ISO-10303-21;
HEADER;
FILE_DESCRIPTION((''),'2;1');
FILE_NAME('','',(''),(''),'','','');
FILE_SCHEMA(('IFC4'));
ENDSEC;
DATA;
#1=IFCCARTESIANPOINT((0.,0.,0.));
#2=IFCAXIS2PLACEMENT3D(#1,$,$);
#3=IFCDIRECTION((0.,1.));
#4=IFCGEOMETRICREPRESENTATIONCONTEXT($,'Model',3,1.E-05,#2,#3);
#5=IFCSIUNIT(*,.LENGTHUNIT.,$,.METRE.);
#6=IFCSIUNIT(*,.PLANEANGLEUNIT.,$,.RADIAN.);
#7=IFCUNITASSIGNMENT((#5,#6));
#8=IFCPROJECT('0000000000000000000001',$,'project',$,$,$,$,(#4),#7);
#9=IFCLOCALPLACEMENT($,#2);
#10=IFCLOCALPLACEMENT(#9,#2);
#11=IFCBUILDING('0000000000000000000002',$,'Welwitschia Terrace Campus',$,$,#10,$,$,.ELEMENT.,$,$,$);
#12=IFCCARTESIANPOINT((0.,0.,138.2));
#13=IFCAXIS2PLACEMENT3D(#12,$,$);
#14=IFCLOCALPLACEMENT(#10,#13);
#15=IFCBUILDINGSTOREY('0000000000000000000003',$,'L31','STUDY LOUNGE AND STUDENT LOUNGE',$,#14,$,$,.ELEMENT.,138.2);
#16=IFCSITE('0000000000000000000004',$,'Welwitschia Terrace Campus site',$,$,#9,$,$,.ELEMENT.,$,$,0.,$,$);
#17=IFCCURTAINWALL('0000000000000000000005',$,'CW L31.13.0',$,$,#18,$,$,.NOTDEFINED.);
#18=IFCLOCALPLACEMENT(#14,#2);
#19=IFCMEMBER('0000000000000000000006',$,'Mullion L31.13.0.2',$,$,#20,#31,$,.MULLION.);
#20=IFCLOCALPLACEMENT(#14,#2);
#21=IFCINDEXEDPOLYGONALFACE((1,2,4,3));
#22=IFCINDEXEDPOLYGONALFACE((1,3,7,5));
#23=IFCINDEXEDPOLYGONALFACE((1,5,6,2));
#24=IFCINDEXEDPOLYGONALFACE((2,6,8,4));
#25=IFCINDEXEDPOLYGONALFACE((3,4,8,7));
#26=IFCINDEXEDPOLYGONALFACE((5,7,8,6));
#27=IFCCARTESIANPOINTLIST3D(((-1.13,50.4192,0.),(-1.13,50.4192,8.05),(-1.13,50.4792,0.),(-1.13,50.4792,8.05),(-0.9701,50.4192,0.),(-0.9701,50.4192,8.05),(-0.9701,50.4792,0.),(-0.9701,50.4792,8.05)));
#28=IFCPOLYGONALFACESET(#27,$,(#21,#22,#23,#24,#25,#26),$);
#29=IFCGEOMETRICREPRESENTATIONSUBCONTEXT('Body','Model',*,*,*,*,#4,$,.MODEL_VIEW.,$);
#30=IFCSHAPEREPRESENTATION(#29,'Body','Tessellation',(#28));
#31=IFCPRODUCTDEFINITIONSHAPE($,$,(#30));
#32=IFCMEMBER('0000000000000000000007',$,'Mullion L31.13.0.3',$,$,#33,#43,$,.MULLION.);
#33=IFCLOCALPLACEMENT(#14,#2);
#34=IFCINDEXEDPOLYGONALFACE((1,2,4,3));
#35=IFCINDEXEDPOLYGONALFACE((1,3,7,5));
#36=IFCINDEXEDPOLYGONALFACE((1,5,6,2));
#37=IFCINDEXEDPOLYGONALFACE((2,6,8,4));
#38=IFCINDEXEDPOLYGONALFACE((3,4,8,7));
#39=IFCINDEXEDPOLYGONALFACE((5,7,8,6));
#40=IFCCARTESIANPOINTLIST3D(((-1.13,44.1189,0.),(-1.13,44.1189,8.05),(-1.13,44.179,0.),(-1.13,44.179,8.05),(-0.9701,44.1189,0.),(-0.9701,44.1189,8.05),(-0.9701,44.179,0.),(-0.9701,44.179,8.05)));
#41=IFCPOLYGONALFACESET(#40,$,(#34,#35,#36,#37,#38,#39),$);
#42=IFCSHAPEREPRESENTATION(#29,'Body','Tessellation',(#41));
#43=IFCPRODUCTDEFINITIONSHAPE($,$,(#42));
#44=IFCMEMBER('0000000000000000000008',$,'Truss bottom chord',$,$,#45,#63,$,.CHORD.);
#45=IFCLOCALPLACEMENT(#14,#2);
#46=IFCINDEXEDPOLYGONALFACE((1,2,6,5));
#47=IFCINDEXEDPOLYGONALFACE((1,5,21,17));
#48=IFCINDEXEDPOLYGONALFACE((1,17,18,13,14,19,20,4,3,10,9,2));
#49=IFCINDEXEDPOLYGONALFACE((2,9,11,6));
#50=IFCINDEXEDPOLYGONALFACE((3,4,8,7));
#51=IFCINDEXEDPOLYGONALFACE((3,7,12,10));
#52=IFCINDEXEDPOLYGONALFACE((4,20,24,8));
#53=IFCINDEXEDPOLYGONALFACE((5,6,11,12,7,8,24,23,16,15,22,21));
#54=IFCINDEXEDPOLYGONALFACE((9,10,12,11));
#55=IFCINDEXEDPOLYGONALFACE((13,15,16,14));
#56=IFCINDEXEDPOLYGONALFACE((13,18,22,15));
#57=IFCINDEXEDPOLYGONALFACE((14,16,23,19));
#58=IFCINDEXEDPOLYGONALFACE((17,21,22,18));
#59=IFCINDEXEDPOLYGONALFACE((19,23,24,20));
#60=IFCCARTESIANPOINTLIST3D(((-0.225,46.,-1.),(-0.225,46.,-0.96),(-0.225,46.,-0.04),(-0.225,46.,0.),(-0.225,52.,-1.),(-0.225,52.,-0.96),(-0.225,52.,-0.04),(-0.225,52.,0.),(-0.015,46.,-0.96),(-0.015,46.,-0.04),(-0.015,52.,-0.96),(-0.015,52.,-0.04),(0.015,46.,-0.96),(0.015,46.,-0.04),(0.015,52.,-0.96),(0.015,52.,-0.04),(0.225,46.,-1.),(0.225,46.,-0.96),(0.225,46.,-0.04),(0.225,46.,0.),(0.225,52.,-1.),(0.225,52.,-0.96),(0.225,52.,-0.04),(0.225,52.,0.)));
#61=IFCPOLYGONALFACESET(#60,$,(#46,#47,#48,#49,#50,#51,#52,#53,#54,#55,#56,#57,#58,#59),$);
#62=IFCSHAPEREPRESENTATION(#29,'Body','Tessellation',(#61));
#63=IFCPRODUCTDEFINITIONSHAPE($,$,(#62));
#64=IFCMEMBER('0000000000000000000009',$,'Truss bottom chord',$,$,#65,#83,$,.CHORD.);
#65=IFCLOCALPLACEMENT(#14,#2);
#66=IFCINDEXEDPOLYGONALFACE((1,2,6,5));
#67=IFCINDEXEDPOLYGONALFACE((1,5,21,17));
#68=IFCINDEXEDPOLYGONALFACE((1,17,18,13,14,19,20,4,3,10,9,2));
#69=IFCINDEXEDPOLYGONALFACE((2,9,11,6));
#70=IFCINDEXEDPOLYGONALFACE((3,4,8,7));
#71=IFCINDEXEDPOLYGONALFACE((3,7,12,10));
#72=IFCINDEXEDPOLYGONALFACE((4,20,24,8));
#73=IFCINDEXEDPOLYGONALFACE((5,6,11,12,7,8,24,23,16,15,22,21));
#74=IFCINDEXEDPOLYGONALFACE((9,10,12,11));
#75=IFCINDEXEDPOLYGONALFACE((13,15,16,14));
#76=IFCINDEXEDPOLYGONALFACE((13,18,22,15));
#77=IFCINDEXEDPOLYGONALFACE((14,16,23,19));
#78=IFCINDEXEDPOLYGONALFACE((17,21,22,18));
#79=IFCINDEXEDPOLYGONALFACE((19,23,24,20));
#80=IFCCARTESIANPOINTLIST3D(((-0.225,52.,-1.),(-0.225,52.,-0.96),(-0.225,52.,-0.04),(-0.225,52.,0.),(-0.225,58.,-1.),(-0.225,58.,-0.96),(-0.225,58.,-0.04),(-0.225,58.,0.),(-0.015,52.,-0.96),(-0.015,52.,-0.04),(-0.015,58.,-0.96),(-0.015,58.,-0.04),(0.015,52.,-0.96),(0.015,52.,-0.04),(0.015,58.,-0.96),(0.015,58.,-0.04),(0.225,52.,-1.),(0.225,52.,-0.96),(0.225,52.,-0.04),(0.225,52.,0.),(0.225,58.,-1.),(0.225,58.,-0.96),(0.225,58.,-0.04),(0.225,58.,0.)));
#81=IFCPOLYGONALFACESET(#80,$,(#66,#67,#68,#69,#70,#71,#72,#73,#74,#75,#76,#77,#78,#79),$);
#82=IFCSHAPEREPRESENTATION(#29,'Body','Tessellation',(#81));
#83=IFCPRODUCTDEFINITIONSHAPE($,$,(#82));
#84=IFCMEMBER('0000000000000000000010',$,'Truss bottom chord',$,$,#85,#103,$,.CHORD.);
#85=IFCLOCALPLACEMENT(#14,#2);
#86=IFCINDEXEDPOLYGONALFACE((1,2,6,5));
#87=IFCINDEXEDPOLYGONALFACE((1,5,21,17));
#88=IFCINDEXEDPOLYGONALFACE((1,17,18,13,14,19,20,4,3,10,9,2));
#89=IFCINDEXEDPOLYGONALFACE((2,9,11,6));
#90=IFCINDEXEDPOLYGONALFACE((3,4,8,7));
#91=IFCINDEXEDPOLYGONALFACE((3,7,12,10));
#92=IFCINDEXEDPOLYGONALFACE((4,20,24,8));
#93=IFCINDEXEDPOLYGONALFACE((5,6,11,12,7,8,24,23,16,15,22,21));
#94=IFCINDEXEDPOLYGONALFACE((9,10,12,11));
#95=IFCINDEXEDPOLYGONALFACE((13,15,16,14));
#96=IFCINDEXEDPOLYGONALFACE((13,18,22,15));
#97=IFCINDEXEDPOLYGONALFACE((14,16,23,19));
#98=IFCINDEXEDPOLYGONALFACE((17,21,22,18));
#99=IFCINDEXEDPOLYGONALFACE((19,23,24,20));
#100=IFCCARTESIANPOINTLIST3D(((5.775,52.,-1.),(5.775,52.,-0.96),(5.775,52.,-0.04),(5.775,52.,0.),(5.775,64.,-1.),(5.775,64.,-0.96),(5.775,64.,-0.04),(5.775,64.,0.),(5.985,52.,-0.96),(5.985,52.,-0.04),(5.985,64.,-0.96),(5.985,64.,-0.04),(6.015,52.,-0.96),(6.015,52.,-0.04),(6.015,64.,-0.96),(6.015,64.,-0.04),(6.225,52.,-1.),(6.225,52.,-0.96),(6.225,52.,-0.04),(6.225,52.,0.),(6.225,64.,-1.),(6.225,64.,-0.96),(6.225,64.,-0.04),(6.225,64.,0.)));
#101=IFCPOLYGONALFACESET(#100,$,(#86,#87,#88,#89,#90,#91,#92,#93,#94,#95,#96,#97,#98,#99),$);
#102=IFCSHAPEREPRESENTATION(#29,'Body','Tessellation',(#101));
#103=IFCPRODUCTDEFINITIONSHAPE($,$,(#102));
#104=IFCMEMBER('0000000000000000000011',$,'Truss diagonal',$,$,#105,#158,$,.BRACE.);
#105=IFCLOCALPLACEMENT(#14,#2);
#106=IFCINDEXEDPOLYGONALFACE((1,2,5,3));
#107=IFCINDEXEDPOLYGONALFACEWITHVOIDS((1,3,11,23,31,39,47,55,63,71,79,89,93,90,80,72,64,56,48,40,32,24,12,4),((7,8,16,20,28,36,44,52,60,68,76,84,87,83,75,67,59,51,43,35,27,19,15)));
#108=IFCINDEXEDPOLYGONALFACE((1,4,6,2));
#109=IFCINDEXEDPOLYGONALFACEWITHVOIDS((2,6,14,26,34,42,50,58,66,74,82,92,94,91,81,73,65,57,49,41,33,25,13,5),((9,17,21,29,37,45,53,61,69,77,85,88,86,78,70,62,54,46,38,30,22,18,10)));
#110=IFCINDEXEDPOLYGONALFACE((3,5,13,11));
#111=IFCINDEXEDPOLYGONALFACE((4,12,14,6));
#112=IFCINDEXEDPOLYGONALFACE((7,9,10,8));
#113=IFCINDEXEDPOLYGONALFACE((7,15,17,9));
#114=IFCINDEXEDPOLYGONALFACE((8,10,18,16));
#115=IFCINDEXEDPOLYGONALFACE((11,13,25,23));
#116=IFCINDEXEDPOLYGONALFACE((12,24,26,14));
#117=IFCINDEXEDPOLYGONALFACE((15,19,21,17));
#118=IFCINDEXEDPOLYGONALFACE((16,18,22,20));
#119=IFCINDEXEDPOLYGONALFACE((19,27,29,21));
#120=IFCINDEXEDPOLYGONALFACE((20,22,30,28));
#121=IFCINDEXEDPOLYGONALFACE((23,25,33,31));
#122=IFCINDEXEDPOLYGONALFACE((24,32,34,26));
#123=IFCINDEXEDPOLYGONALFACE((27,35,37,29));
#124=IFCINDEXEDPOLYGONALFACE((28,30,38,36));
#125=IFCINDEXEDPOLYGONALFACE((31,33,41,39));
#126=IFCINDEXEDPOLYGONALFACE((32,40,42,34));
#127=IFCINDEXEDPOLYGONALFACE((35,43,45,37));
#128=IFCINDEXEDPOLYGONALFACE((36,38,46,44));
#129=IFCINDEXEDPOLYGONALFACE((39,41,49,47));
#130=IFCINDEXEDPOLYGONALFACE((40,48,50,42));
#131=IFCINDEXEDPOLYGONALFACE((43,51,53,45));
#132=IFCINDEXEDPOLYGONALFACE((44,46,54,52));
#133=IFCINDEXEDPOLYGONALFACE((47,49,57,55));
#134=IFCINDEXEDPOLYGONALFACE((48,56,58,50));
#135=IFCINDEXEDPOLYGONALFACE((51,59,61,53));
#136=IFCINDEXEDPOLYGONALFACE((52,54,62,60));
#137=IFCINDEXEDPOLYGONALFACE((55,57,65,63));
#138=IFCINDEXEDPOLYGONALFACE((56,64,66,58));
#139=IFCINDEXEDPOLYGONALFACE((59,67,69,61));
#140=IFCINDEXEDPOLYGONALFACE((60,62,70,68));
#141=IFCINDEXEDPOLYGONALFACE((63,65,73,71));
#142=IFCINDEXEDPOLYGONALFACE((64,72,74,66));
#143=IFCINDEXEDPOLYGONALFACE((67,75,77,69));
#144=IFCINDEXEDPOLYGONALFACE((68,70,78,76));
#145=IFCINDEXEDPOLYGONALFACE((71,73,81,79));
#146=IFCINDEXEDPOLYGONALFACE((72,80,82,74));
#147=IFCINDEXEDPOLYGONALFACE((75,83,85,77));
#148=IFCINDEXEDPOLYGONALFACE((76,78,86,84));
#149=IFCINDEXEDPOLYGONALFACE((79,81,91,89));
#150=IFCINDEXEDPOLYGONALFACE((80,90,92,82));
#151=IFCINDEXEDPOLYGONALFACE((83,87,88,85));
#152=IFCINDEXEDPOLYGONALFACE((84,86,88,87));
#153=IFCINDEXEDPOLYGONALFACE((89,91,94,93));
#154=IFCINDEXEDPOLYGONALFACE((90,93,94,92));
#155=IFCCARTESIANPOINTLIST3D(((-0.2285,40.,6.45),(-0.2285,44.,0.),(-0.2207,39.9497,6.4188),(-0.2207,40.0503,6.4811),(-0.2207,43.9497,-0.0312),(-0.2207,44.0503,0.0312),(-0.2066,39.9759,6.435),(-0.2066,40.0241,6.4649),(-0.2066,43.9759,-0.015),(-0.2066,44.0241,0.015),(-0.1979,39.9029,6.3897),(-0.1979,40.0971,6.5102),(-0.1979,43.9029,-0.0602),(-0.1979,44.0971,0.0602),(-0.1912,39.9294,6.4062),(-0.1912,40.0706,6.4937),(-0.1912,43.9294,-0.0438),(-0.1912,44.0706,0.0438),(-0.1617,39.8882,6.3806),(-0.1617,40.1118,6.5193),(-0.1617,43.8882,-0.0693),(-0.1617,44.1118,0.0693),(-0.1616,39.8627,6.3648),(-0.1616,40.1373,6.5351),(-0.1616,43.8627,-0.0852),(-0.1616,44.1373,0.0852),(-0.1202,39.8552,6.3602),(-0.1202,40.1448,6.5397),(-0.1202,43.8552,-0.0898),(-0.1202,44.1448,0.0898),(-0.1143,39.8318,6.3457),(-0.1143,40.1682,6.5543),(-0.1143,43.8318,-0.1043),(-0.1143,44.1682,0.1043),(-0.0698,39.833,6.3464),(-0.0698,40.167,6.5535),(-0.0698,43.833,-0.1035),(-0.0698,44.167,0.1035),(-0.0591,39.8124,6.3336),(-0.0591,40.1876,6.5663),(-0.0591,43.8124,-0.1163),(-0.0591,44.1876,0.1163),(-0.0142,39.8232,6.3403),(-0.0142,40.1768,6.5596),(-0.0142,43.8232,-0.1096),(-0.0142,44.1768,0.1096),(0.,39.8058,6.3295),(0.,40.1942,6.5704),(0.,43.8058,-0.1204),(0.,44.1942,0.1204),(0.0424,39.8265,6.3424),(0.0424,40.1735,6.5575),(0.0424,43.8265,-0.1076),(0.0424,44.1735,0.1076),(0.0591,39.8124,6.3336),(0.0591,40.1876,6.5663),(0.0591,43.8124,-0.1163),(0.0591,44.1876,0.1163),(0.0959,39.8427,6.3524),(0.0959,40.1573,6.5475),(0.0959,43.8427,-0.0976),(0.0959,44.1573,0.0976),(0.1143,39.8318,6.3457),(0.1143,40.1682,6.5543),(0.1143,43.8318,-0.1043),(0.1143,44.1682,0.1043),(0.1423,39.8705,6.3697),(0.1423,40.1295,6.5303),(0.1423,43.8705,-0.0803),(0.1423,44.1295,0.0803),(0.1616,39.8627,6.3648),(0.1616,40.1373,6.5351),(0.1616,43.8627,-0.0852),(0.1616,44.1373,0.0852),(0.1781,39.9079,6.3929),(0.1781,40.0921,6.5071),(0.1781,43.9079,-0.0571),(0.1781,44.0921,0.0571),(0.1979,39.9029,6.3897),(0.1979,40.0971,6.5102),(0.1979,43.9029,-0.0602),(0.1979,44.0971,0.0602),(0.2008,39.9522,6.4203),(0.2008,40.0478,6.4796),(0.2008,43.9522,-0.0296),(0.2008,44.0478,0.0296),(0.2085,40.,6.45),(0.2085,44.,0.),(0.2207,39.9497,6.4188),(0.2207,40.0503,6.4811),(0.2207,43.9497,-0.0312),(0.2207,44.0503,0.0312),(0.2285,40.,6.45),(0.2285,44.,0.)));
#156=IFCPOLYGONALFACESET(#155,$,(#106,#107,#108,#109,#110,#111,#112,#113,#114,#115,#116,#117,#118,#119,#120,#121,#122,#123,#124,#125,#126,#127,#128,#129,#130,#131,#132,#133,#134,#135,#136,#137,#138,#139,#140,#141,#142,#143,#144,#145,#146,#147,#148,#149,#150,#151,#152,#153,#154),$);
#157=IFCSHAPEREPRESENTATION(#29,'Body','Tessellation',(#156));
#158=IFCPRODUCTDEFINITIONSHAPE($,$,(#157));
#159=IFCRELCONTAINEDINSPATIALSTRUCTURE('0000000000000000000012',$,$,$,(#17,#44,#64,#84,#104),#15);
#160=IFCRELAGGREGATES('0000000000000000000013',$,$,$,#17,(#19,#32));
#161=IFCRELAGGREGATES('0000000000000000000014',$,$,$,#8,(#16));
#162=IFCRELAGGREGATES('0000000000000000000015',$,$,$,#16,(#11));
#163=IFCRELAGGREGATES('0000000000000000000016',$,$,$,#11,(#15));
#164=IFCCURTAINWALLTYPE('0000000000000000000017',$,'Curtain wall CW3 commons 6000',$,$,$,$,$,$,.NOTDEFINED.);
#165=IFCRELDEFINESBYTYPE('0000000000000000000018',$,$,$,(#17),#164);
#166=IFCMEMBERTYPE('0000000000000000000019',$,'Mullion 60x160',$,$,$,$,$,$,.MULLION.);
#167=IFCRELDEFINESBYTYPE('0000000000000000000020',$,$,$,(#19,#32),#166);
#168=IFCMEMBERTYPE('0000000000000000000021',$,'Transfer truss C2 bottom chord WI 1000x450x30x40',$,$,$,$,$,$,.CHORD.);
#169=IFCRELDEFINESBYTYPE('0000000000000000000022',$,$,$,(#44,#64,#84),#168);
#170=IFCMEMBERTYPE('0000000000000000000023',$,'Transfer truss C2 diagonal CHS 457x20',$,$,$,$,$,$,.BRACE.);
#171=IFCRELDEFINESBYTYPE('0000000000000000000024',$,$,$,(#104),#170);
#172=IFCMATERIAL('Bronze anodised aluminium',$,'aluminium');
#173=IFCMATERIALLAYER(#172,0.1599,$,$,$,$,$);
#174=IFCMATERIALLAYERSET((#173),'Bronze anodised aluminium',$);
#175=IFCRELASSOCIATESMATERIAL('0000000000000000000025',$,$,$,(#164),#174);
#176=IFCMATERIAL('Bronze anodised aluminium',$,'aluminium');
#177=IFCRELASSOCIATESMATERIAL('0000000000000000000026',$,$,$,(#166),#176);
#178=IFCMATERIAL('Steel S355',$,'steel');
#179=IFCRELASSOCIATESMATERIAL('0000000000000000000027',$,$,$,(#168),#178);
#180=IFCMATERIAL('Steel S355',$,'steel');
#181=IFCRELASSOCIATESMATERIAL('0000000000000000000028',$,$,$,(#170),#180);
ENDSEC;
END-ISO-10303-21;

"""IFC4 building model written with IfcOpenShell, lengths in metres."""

from ifc_helpers import new_model, si_unit, direction, frame, origin, origin_2d, place, context, subcontext, project, spatial, rectangle, hollow_circle, i_section, extrude, material, layer, layer_set, material_profile, profile_set, type_object, element, aggregate, save


model = new_model("IFC4")

# Units and contexts
model_context = context("Model", 3, precision=1e-05, world=origin(), true_north=direction((0.0, 1.0)))
body_context = subcontext(model_context, "Body", "Model", "MODEL_VIEW")
ifc_project = project(units=[si_unit("LENGTHUNIT", "METRE"), si_unit("PLANEANGLEUNIT", "RADIAN")], contexts=[model_context])

# Site, building, storey
site_placement = place(None, origin())
site = spatial("IfcSite", under=ifc_project, at=site_placement, Name="Welwitschia Terrace Campus site", CompositionType="ELEMENT", RefElevation=0.0)
building_placement = place(site_placement, origin())
building = spatial("IfcBuilding", under=site, at=building_placement, Name="Welwitschia Terrace Campus", CompositionType="ELEMENT")
storey_placement = place(building_placement, frame((0.0, 0.0, 138.2)))
storey = spatial("IfcBuildingStorey", under=building, at=storey_placement, Name="L31", Description="STUDY LOUNGE AND STUDENT LOUNGE", CompositionType="ELEMENT", Elevation=138.2)

# Curtain wall, members
ifc_material_1 = material(Name="Bronze anodised aluminium", Category="aluminium")
ifc_layer_1 = layer(ifc_material_1, 0.1599)
ifc_layer_set_1 = layer_set([ifc_layer_1], Name="Bronze anodised aluminium")
curtain_wall_type = type_object("IfcCurtainWallType", Name="Curtain wall CW3 commons 6000", PredefinedType="NOTDEFINED", material=ifc_layer_set_1)
curtain_wall_placement = place(storey_placement, origin())
curtain_wall = element("IfcCurtainWall", 1, at=curtain_wall_placement, inside=storey, type_object=curtain_wall_type, Name="CW L31.13.0", PredefinedType="NOTDEFINED")
ifc_material_2 = material(Name="Bronze anodised aluminium", Category="aluminium")
ifc_material_profile_1 = material_profile(ifc_material_2, rectangle(XDim=0.1599, YDim=0.0601, at=origin_2d()))
ifc_profile_set_1 = profile_set([ifc_material_profile_1], Name="Bronze anodised aluminium")
member_type_1 = type_object("IfcMemberType", Name="Mullion 60x160", PredefinedType="MULLION", material=ifc_profile_set_1)
member_1_placement = place(storey_placement, frame((-1.05, 50.4492, 0.0), z_axis=(0.0, 0.0, 1.0), x_axis=(1.0, 0.0, 0.0)))
member_1 = element("IfcMember", 2, at=member_1_placement, type_object=member_type_1, Name="Mullion L31.13.0.2", PredefinedType="MULLION", context=body_context, shape_type="SweptSolid", body=[
    extrude(rectangle(XDim=0.1599, YDim=0.0601, at=origin_2d()), origin(), (0.0, 0.0, 1.0), 8.05),
])
member_2_placement = place(storey_placement, frame((-1.05, 44.1489, 0.0), z_axis=(0.0, 0.0, 1.0), x_axis=(1.0, 0.0, 0.0)))
member_2 = element("IfcMember", 3, at=member_2_placement, type_object=member_type_1, Name="Mullion L31.13.0.3", PredefinedType="MULLION", context=body_context, shape_type="SweptSolid", body=[
    extrude(rectangle(XDim=0.1599, YDim=0.0601, at=origin_2d()), origin(), (0.0, 0.0, 1.0), 8.05),
])

# Members
ifc_material_3 = material(Name="Steel S355", Category="steel")
ifc_material_profile_2 = material_profile(ifc_material_3, i_section(OverallWidth=0.45, OverallDepth=1.0, WebThickness=0.03, FlangeThickness=0.04, at=origin_2d()))
ifc_profile_set_2 = profile_set([ifc_material_profile_2], Name="Steel S355")
member_type_2 = type_object("IfcMemberType", Name="Transfer truss C2 bottom chord WI 1000x450x30x40", PredefinedType="CHORD", material=ifc_profile_set_2)
for number, where, z_axis, x_axis, name in (
    (4, (0.0, 46.0, -0.5), (0.0, 1.0, 0.0), (-1.0, 0.0, 0.0), "Truss bottom chord"),
    (5, (0.0, 52.0, -0.5), (0.0, 1.0, 0.0), (-1.0, 0.0, 0.0), "Truss bottom chord"),
):
    element("IfcMember", number, at=place(storey_placement, frame(where, z_axis=z_axis, x_axis=x_axis)), inside=storey, type_object=member_type_2, Name=name, PredefinedType="CHORD", context=body_context, shape_type="SweptSolid", body=[
        extrude(i_section(OverallWidth=0.45, OverallDepth=1.0, WebThickness=0.03, FlangeThickness=0.04, at=origin_2d()), origin(), (0.0, 0.0, 1.0), 6.0),
    ])
member_3_placement = place(storey_placement, frame((6.0, 52.0, -0.5), z_axis=(0.0, 1.0, 0.0), x_axis=(-1.0, 0.0, 0.0)))
element("IfcMember", 6, at=member_3_placement, inside=storey, type_object=member_type_2, Name="Truss bottom chord", PredefinedType="CHORD", context=body_context, shape_type="SweptSolid", body=[
    extrude(i_section(OverallWidth=0.45, OverallDepth=1.0, WebThickness=0.03, FlangeThickness=0.04, at=origin_2d()), origin(), (0.0, 0.0, 1.0), 12.0),
])
ifc_material_4 = material(Name="Steel S355", Category="steel")
ifc_material_profile_3 = material_profile(ifc_material_4, hollow_circle(Radius=0.2285, WallThickness=0.02, at=origin_2d()))
ifc_profile_set_3 = profile_set([ifc_material_profile_3], Name="Steel S355")
member_type_3 = type_object("IfcMemberType", Name="Transfer truss C2 diagonal CHS 457x20", PredefinedType="BRACE", material=ifc_profile_set_3)
member_4_placement = place(storey_placement, frame((0.0, 44.0, 0.0), z_axis=(0.0, -0.527038, 0.849842), x_axis=(1.0, 0.0, 0.0)))
element("IfcMember", 7, at=member_4_placement, inside=storey, type_object=member_type_3, Name="Truss diagonal", PredefinedType="BRACE", context=body_context, shape_type="SweptSolid", body=[
    extrude(hollow_circle(Radius=0.2285, WallThickness=0.02, at=origin_2d()), origin(), (0.0, 0.0, 1.0), 7.5896),
])

aggregate(curtain_wall, [member_1, member_2])

save(model, "model.ifc")
